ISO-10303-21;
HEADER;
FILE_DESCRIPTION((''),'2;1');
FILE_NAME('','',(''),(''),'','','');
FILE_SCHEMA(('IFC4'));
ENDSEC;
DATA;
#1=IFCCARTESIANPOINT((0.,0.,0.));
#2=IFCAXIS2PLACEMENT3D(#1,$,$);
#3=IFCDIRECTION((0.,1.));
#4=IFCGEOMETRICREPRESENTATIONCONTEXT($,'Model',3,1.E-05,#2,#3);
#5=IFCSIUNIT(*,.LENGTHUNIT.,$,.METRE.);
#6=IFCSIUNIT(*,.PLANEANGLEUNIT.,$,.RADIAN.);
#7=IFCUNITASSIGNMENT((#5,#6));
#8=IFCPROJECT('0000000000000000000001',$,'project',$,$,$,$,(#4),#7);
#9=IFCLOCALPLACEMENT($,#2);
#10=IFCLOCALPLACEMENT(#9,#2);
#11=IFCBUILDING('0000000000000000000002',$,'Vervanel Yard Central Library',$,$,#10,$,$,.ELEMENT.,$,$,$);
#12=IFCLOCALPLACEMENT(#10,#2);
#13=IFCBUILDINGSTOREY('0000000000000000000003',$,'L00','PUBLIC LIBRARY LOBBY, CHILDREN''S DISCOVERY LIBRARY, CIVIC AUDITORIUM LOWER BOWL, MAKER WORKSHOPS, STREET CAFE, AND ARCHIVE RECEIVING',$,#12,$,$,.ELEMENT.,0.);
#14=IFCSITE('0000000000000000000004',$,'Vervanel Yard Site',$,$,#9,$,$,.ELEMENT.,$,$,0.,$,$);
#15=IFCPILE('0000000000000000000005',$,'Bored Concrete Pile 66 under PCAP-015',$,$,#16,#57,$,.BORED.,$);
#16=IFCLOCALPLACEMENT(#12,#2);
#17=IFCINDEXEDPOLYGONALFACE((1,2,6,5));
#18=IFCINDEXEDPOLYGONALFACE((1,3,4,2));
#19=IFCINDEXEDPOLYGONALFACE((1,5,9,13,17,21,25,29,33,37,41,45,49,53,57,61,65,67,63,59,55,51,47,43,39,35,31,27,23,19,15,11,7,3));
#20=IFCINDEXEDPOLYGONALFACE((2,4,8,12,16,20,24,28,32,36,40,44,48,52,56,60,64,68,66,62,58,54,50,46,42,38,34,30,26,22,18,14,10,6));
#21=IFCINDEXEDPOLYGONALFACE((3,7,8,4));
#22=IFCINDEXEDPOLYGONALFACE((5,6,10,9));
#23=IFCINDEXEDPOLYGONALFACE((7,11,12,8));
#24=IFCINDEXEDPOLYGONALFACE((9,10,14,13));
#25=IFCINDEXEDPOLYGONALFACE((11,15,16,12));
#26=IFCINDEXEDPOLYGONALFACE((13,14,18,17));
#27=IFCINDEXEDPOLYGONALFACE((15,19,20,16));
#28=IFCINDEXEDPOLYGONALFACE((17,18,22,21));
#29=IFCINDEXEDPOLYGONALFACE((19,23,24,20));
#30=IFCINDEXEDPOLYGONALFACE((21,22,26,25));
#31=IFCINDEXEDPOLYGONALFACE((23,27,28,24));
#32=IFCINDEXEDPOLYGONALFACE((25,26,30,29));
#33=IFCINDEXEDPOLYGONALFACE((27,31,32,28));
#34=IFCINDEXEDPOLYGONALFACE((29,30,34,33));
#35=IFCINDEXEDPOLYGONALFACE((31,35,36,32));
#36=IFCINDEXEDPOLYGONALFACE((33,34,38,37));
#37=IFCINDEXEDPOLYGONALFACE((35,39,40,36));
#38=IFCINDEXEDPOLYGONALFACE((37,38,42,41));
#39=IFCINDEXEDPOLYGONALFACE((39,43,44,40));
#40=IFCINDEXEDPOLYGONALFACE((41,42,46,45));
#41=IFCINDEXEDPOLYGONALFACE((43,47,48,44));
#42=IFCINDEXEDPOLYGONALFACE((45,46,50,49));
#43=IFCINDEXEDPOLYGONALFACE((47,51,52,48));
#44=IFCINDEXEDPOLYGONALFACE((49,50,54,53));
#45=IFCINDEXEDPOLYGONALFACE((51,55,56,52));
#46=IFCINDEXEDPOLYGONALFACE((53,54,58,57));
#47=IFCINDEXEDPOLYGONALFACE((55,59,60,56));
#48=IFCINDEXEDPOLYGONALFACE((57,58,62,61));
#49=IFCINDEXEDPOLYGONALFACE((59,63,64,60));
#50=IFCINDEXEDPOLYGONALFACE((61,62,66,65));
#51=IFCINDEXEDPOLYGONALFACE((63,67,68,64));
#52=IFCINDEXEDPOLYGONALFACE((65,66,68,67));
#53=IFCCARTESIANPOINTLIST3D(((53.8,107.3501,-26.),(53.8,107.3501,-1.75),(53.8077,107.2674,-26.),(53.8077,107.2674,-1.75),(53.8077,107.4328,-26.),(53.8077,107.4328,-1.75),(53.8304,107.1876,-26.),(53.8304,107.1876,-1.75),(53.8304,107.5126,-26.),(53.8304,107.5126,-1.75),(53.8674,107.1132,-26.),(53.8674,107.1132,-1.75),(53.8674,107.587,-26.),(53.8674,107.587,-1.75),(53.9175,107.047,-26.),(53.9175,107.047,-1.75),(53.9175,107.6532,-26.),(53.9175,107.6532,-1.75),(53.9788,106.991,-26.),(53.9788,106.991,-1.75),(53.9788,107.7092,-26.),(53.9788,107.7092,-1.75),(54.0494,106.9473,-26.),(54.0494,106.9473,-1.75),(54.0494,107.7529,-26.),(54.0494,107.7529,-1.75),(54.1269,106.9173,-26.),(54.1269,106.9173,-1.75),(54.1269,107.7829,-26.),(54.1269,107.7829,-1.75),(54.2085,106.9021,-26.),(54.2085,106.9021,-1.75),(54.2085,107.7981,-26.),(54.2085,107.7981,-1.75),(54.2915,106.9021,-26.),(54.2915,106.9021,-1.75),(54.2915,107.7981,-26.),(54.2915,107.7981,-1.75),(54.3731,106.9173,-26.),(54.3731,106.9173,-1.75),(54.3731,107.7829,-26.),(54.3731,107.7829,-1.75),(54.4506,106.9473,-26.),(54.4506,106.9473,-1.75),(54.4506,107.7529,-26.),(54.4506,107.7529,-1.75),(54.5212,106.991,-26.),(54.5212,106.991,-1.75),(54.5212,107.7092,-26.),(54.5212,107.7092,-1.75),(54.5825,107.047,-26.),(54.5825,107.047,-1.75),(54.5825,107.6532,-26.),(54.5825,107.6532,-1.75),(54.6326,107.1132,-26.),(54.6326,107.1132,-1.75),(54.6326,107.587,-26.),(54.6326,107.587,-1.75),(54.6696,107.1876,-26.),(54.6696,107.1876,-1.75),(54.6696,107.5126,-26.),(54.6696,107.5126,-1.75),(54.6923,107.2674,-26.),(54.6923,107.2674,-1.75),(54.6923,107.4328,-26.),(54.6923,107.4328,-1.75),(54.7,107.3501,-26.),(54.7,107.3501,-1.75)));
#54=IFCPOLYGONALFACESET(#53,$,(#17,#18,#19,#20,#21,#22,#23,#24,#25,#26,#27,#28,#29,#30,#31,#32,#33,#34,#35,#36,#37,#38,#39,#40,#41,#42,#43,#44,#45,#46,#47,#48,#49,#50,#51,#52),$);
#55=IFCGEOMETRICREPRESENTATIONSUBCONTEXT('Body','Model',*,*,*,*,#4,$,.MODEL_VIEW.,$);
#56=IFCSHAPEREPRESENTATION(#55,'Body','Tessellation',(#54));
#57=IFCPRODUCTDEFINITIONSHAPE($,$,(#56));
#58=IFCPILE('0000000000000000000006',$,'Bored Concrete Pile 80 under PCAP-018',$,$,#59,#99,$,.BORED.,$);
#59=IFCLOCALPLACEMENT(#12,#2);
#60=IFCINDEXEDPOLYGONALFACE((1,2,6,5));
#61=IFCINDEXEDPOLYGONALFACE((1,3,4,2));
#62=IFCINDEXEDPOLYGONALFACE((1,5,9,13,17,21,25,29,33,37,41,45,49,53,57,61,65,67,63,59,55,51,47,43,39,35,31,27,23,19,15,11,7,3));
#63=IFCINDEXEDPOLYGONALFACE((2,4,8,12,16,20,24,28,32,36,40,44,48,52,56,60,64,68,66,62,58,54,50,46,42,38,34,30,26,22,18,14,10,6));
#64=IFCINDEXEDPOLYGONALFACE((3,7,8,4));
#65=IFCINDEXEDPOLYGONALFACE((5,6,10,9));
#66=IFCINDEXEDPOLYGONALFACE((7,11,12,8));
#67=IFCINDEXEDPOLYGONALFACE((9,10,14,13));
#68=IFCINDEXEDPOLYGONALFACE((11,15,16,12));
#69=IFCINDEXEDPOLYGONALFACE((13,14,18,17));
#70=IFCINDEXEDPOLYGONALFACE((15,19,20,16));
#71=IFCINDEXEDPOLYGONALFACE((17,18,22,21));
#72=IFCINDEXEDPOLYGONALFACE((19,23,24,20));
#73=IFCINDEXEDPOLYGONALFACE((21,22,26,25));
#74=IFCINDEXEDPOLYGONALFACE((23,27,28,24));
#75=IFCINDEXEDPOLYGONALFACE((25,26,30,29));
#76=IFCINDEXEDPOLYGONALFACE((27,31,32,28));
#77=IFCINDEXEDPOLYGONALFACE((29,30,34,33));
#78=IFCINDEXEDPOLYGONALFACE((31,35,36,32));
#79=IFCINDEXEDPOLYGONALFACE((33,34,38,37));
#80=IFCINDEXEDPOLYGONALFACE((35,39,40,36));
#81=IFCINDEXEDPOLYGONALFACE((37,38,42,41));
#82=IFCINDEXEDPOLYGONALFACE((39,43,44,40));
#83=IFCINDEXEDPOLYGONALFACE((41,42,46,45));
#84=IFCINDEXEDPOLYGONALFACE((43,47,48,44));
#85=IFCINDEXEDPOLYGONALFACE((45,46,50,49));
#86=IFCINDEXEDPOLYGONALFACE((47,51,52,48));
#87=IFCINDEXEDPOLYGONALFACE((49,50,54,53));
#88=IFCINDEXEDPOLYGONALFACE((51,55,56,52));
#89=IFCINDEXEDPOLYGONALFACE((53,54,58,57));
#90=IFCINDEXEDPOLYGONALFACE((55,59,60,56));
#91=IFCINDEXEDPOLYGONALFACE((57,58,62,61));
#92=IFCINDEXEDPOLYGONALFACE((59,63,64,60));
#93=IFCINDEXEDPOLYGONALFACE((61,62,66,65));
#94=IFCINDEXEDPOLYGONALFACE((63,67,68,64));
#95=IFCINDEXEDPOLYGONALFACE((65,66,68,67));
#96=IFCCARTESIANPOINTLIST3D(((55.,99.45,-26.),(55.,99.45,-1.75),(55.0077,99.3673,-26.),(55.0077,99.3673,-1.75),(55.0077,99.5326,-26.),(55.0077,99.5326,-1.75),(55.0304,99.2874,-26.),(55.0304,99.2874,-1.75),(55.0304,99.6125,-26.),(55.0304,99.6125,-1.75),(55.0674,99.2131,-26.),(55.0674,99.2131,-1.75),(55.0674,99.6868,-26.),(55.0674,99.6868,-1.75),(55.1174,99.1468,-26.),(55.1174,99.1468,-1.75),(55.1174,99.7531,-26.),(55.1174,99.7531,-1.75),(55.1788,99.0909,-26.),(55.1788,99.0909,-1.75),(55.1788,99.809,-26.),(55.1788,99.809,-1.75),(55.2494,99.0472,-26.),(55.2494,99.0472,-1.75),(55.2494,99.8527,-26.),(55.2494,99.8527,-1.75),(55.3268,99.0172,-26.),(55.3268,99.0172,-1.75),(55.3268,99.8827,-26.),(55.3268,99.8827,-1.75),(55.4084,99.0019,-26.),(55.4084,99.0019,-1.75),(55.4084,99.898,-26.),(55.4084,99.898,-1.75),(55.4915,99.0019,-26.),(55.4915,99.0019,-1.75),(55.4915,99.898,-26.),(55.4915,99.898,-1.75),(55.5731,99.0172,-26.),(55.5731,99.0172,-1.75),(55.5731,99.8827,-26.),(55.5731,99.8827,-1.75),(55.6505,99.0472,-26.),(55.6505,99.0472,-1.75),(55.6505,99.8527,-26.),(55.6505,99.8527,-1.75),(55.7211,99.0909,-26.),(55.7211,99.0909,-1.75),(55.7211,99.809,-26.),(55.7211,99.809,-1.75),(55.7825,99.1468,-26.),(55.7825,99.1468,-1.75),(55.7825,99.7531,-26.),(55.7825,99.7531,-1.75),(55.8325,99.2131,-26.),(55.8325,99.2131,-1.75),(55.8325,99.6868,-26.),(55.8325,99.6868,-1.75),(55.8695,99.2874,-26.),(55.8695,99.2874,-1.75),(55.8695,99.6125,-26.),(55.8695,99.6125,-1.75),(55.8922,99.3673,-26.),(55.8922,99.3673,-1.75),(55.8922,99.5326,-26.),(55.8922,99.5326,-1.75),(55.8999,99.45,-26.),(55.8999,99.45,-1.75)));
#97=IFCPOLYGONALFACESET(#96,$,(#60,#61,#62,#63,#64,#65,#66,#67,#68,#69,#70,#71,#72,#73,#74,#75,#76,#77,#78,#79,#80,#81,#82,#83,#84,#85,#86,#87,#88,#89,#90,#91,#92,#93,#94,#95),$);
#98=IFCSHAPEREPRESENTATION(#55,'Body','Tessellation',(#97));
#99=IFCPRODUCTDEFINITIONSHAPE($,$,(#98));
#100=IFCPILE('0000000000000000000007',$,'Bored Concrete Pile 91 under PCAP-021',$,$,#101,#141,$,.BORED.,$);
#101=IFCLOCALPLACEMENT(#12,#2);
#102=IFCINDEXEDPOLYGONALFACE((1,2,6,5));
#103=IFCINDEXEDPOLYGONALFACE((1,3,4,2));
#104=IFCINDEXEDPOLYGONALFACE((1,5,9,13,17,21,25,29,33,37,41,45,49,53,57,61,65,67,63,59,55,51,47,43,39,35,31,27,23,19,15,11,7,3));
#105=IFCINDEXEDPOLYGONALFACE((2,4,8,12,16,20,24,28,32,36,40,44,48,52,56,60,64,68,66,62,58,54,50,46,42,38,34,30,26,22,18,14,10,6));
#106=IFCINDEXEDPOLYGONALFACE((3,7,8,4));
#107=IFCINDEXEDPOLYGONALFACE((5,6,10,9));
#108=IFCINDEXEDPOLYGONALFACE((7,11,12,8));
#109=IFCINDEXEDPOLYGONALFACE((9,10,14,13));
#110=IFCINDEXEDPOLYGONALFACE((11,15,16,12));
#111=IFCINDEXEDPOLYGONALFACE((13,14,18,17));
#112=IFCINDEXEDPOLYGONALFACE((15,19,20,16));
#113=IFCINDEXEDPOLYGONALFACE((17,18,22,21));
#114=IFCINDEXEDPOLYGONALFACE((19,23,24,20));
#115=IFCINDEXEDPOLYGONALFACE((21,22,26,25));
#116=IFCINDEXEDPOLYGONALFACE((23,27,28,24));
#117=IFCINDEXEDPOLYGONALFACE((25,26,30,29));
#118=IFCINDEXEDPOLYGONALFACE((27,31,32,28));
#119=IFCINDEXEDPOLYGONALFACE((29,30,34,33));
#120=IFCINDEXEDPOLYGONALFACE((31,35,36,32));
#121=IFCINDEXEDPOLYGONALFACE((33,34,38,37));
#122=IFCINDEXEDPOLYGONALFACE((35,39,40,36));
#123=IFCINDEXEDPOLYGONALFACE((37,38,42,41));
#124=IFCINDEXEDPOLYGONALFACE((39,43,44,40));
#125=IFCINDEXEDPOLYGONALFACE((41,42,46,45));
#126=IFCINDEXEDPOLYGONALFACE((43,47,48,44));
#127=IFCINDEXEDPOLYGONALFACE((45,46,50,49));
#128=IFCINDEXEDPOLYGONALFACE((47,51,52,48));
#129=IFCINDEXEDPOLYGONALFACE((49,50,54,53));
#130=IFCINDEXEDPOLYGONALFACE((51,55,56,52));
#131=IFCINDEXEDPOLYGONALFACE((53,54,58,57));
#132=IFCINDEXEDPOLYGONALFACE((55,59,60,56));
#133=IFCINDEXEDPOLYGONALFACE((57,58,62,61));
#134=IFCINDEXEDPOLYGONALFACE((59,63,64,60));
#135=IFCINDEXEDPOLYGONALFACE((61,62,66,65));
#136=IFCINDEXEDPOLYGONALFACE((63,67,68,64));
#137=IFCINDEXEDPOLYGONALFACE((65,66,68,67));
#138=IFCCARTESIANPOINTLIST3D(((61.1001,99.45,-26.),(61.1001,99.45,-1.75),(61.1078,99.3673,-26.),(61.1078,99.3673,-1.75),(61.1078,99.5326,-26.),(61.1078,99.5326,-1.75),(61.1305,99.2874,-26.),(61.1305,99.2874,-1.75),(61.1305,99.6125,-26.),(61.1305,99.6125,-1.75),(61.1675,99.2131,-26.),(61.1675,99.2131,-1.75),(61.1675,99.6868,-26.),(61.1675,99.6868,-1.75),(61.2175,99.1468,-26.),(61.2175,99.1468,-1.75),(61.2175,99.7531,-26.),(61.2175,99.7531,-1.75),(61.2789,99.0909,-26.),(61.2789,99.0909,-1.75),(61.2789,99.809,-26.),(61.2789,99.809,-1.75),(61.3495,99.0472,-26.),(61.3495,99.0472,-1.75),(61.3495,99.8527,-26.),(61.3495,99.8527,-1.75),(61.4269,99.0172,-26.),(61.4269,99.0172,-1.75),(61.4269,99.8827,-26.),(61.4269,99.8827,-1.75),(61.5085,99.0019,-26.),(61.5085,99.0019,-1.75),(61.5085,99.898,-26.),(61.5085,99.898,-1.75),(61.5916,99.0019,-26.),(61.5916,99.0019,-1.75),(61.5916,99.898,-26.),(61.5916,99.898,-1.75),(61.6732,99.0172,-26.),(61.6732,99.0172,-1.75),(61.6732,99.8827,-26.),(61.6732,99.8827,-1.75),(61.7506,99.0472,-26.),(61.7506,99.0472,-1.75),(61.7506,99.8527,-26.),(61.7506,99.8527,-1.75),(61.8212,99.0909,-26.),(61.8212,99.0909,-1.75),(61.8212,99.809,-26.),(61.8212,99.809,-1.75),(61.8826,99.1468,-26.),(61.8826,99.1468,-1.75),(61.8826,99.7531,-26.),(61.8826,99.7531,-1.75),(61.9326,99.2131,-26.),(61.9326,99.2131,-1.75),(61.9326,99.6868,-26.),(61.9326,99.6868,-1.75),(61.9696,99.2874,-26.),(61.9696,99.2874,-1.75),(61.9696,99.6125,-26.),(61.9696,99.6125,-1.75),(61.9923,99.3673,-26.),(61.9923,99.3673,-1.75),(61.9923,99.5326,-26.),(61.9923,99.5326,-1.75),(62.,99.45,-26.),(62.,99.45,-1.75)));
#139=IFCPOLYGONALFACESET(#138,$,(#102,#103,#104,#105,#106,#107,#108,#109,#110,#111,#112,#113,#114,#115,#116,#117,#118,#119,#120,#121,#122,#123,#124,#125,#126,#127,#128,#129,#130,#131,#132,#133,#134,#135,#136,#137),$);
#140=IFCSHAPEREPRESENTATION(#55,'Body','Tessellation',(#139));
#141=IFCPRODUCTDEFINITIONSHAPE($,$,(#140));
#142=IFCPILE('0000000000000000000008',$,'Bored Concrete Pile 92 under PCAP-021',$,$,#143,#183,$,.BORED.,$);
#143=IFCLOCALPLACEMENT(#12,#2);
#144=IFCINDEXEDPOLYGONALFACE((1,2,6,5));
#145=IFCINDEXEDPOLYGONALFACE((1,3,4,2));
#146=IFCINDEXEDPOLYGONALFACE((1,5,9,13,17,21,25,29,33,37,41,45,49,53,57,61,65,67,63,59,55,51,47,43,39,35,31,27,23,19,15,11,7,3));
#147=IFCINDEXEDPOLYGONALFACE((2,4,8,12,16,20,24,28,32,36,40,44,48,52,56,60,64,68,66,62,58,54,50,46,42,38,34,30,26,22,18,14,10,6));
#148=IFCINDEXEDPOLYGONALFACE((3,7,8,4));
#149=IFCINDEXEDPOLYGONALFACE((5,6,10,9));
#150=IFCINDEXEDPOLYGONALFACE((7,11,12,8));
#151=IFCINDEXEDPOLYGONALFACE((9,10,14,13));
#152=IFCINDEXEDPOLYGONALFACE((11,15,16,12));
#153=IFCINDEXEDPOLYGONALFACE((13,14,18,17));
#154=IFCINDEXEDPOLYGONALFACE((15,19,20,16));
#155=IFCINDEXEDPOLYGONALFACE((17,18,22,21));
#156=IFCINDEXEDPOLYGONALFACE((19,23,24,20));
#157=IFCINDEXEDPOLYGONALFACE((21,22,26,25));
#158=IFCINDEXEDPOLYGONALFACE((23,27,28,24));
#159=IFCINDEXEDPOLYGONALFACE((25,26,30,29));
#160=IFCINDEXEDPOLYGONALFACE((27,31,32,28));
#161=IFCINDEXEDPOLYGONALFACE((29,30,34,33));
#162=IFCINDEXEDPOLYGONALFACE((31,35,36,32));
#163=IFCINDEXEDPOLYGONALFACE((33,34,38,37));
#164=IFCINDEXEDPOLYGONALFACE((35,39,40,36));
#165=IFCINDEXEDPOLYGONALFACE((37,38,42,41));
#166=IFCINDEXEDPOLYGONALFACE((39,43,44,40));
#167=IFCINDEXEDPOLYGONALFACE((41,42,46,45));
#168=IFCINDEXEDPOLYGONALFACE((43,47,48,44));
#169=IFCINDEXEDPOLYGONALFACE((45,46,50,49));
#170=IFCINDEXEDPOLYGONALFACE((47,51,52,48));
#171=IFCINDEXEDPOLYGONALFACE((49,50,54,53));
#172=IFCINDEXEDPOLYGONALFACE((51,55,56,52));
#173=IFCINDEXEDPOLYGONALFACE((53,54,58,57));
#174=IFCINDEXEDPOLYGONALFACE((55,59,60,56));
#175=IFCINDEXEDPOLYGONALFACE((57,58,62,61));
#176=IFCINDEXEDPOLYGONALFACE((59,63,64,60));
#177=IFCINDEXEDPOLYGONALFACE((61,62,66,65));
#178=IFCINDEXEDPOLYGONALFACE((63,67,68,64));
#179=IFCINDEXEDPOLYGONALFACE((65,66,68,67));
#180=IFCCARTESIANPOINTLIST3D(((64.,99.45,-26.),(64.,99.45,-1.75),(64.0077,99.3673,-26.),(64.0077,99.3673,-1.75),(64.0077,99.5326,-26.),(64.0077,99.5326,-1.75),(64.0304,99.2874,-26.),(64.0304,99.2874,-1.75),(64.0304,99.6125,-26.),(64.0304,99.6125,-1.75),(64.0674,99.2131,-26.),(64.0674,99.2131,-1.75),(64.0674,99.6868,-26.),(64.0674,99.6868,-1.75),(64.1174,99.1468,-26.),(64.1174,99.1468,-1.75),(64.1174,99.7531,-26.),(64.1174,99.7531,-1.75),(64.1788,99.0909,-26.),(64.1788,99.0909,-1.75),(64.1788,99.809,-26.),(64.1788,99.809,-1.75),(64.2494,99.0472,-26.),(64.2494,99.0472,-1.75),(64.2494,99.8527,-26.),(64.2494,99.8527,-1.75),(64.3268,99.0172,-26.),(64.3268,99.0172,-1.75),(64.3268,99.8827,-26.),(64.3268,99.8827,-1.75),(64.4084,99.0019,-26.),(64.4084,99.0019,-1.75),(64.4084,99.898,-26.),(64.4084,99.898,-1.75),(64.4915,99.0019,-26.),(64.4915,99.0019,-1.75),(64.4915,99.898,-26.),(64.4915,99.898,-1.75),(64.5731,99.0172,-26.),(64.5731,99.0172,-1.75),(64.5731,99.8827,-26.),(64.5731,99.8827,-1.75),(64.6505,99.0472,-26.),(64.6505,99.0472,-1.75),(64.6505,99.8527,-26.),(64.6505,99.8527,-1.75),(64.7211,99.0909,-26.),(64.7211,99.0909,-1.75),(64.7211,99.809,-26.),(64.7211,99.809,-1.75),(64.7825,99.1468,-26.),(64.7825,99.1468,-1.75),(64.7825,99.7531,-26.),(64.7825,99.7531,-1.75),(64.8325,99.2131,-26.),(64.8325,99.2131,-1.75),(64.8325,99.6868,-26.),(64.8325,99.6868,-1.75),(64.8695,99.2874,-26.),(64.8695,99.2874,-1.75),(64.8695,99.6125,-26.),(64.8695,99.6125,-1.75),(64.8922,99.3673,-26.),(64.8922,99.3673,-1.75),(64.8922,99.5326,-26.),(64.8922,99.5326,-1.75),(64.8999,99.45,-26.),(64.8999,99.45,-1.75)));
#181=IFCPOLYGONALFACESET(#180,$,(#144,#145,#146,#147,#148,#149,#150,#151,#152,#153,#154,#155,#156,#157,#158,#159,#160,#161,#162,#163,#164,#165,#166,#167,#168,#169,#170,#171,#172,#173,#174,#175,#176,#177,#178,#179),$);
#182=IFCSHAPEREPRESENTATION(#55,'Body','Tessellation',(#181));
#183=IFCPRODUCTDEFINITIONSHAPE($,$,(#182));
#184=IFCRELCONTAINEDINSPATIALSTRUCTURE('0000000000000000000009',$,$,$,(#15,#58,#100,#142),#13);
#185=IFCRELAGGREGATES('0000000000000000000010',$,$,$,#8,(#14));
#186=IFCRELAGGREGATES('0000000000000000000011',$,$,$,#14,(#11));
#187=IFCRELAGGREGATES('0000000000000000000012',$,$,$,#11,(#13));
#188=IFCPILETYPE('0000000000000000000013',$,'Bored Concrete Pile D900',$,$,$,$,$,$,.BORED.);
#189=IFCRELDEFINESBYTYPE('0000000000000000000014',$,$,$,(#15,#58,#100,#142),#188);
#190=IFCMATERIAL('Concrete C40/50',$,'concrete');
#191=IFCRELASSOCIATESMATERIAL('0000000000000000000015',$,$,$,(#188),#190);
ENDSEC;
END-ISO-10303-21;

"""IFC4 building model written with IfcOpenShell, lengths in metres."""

from ifc_helpers import new_model, si_unit, direction, frame, origin, origin_2d, place, context, subcontext, project, spatial, circle, extrude, material, material_profile, profile_set, type_object, element, save


model = new_model("IFC4")

# Units and contexts
model_context = context("Model", 3, precision=1e-05, world=origin(), true_north=direction((0.0, 1.0)))
body_context = subcontext(model_context, "Body", "Model", "MODEL_VIEW")
ifc_project = project(units=[si_unit("LENGTHUNIT", "METRE"), si_unit("PLANEANGLEUNIT", "RADIAN")], contexts=[model_context])

# Site, building, storey
site_placement = place(None, origin())
site = spatial("IfcSite", under=ifc_project, at=site_placement, Name="Vervanel Yard Site", CompositionType="ELEMENT", RefElevation=0.0)
building_placement = place(site_placement, origin())
building = spatial("IfcBuilding", under=site, at=building_placement, Name="Vervanel Yard Central Library", CompositionType="ELEMENT")
storey_placement = place(building_placement, origin())
storey = spatial("IfcBuildingStorey", under=building, at=storey_placement, Name="L00", Description="PUBLIC LIBRARY LOBBY, CHILDREN'S DISCOVERY LIBRARY, CIVIC AUDITORIUM LOWER BOWL, MAKER WORKSHOPS, STREET CAFE, AND ARCHIVE RECEIVING", CompositionType="ELEMENT", Elevation=0.0)

# Piles
ifc_material_1 = material(Name="Concrete C40/50", Category="concrete")
ifc_material_profile_1 = material_profile(ifc_material_1, circle(Radius=0.45, at=origin_2d()), Name="BP D900", Category="concrete")
ifc_profile_set_1 = profile_set([ifc_material_profile_1], Name="Concrete C40/50")
pile_type = type_object("IfcPileType", Name="Bored Concrete Pile D900", PredefinedType="BORED", material=ifc_profile_set_1)
for number, where, z_axis, x_axis, name in (
    (1, (54.25, 107.3501, -1.75), (0.0, 0.0, -1.0), (1.0, 0.0, 0.0), "Bored Concrete Pile 66 under PCAP-015"),
    (2, (55.45, 99.45, -1.75), (0.0, 0.0, -1.0), (1.0, 0.0, 0.0), "Bored Concrete Pile 80 under PCAP-018"),
    (3, (61.55, 99.45, -1.75), (0.0, 0.0, -1.0), (1.0, 0.0, 0.0), "Bored Concrete Pile 91 under PCAP-021"),
    (4, (64.45, 99.45, -1.75), (0.0, 0.0, -1.0), (1.0, 0.0, 0.0), "Bored Concrete Pile 92 under PCAP-021"),
):
    element("IfcPile", number, at=place(storey_placement, frame(where, z_axis=z_axis, x_axis=x_axis)), inside=storey, type_object=pile_type, Name=name, PredefinedType="BORED", context=body_context, shape_type="SweptSolid", body=[
        extrude(circle(Radius=0.45, at=origin_2d()), origin(), (0.0, 0.0, 1.0), 24.25),
    ])

save(model, "model.ifc")
